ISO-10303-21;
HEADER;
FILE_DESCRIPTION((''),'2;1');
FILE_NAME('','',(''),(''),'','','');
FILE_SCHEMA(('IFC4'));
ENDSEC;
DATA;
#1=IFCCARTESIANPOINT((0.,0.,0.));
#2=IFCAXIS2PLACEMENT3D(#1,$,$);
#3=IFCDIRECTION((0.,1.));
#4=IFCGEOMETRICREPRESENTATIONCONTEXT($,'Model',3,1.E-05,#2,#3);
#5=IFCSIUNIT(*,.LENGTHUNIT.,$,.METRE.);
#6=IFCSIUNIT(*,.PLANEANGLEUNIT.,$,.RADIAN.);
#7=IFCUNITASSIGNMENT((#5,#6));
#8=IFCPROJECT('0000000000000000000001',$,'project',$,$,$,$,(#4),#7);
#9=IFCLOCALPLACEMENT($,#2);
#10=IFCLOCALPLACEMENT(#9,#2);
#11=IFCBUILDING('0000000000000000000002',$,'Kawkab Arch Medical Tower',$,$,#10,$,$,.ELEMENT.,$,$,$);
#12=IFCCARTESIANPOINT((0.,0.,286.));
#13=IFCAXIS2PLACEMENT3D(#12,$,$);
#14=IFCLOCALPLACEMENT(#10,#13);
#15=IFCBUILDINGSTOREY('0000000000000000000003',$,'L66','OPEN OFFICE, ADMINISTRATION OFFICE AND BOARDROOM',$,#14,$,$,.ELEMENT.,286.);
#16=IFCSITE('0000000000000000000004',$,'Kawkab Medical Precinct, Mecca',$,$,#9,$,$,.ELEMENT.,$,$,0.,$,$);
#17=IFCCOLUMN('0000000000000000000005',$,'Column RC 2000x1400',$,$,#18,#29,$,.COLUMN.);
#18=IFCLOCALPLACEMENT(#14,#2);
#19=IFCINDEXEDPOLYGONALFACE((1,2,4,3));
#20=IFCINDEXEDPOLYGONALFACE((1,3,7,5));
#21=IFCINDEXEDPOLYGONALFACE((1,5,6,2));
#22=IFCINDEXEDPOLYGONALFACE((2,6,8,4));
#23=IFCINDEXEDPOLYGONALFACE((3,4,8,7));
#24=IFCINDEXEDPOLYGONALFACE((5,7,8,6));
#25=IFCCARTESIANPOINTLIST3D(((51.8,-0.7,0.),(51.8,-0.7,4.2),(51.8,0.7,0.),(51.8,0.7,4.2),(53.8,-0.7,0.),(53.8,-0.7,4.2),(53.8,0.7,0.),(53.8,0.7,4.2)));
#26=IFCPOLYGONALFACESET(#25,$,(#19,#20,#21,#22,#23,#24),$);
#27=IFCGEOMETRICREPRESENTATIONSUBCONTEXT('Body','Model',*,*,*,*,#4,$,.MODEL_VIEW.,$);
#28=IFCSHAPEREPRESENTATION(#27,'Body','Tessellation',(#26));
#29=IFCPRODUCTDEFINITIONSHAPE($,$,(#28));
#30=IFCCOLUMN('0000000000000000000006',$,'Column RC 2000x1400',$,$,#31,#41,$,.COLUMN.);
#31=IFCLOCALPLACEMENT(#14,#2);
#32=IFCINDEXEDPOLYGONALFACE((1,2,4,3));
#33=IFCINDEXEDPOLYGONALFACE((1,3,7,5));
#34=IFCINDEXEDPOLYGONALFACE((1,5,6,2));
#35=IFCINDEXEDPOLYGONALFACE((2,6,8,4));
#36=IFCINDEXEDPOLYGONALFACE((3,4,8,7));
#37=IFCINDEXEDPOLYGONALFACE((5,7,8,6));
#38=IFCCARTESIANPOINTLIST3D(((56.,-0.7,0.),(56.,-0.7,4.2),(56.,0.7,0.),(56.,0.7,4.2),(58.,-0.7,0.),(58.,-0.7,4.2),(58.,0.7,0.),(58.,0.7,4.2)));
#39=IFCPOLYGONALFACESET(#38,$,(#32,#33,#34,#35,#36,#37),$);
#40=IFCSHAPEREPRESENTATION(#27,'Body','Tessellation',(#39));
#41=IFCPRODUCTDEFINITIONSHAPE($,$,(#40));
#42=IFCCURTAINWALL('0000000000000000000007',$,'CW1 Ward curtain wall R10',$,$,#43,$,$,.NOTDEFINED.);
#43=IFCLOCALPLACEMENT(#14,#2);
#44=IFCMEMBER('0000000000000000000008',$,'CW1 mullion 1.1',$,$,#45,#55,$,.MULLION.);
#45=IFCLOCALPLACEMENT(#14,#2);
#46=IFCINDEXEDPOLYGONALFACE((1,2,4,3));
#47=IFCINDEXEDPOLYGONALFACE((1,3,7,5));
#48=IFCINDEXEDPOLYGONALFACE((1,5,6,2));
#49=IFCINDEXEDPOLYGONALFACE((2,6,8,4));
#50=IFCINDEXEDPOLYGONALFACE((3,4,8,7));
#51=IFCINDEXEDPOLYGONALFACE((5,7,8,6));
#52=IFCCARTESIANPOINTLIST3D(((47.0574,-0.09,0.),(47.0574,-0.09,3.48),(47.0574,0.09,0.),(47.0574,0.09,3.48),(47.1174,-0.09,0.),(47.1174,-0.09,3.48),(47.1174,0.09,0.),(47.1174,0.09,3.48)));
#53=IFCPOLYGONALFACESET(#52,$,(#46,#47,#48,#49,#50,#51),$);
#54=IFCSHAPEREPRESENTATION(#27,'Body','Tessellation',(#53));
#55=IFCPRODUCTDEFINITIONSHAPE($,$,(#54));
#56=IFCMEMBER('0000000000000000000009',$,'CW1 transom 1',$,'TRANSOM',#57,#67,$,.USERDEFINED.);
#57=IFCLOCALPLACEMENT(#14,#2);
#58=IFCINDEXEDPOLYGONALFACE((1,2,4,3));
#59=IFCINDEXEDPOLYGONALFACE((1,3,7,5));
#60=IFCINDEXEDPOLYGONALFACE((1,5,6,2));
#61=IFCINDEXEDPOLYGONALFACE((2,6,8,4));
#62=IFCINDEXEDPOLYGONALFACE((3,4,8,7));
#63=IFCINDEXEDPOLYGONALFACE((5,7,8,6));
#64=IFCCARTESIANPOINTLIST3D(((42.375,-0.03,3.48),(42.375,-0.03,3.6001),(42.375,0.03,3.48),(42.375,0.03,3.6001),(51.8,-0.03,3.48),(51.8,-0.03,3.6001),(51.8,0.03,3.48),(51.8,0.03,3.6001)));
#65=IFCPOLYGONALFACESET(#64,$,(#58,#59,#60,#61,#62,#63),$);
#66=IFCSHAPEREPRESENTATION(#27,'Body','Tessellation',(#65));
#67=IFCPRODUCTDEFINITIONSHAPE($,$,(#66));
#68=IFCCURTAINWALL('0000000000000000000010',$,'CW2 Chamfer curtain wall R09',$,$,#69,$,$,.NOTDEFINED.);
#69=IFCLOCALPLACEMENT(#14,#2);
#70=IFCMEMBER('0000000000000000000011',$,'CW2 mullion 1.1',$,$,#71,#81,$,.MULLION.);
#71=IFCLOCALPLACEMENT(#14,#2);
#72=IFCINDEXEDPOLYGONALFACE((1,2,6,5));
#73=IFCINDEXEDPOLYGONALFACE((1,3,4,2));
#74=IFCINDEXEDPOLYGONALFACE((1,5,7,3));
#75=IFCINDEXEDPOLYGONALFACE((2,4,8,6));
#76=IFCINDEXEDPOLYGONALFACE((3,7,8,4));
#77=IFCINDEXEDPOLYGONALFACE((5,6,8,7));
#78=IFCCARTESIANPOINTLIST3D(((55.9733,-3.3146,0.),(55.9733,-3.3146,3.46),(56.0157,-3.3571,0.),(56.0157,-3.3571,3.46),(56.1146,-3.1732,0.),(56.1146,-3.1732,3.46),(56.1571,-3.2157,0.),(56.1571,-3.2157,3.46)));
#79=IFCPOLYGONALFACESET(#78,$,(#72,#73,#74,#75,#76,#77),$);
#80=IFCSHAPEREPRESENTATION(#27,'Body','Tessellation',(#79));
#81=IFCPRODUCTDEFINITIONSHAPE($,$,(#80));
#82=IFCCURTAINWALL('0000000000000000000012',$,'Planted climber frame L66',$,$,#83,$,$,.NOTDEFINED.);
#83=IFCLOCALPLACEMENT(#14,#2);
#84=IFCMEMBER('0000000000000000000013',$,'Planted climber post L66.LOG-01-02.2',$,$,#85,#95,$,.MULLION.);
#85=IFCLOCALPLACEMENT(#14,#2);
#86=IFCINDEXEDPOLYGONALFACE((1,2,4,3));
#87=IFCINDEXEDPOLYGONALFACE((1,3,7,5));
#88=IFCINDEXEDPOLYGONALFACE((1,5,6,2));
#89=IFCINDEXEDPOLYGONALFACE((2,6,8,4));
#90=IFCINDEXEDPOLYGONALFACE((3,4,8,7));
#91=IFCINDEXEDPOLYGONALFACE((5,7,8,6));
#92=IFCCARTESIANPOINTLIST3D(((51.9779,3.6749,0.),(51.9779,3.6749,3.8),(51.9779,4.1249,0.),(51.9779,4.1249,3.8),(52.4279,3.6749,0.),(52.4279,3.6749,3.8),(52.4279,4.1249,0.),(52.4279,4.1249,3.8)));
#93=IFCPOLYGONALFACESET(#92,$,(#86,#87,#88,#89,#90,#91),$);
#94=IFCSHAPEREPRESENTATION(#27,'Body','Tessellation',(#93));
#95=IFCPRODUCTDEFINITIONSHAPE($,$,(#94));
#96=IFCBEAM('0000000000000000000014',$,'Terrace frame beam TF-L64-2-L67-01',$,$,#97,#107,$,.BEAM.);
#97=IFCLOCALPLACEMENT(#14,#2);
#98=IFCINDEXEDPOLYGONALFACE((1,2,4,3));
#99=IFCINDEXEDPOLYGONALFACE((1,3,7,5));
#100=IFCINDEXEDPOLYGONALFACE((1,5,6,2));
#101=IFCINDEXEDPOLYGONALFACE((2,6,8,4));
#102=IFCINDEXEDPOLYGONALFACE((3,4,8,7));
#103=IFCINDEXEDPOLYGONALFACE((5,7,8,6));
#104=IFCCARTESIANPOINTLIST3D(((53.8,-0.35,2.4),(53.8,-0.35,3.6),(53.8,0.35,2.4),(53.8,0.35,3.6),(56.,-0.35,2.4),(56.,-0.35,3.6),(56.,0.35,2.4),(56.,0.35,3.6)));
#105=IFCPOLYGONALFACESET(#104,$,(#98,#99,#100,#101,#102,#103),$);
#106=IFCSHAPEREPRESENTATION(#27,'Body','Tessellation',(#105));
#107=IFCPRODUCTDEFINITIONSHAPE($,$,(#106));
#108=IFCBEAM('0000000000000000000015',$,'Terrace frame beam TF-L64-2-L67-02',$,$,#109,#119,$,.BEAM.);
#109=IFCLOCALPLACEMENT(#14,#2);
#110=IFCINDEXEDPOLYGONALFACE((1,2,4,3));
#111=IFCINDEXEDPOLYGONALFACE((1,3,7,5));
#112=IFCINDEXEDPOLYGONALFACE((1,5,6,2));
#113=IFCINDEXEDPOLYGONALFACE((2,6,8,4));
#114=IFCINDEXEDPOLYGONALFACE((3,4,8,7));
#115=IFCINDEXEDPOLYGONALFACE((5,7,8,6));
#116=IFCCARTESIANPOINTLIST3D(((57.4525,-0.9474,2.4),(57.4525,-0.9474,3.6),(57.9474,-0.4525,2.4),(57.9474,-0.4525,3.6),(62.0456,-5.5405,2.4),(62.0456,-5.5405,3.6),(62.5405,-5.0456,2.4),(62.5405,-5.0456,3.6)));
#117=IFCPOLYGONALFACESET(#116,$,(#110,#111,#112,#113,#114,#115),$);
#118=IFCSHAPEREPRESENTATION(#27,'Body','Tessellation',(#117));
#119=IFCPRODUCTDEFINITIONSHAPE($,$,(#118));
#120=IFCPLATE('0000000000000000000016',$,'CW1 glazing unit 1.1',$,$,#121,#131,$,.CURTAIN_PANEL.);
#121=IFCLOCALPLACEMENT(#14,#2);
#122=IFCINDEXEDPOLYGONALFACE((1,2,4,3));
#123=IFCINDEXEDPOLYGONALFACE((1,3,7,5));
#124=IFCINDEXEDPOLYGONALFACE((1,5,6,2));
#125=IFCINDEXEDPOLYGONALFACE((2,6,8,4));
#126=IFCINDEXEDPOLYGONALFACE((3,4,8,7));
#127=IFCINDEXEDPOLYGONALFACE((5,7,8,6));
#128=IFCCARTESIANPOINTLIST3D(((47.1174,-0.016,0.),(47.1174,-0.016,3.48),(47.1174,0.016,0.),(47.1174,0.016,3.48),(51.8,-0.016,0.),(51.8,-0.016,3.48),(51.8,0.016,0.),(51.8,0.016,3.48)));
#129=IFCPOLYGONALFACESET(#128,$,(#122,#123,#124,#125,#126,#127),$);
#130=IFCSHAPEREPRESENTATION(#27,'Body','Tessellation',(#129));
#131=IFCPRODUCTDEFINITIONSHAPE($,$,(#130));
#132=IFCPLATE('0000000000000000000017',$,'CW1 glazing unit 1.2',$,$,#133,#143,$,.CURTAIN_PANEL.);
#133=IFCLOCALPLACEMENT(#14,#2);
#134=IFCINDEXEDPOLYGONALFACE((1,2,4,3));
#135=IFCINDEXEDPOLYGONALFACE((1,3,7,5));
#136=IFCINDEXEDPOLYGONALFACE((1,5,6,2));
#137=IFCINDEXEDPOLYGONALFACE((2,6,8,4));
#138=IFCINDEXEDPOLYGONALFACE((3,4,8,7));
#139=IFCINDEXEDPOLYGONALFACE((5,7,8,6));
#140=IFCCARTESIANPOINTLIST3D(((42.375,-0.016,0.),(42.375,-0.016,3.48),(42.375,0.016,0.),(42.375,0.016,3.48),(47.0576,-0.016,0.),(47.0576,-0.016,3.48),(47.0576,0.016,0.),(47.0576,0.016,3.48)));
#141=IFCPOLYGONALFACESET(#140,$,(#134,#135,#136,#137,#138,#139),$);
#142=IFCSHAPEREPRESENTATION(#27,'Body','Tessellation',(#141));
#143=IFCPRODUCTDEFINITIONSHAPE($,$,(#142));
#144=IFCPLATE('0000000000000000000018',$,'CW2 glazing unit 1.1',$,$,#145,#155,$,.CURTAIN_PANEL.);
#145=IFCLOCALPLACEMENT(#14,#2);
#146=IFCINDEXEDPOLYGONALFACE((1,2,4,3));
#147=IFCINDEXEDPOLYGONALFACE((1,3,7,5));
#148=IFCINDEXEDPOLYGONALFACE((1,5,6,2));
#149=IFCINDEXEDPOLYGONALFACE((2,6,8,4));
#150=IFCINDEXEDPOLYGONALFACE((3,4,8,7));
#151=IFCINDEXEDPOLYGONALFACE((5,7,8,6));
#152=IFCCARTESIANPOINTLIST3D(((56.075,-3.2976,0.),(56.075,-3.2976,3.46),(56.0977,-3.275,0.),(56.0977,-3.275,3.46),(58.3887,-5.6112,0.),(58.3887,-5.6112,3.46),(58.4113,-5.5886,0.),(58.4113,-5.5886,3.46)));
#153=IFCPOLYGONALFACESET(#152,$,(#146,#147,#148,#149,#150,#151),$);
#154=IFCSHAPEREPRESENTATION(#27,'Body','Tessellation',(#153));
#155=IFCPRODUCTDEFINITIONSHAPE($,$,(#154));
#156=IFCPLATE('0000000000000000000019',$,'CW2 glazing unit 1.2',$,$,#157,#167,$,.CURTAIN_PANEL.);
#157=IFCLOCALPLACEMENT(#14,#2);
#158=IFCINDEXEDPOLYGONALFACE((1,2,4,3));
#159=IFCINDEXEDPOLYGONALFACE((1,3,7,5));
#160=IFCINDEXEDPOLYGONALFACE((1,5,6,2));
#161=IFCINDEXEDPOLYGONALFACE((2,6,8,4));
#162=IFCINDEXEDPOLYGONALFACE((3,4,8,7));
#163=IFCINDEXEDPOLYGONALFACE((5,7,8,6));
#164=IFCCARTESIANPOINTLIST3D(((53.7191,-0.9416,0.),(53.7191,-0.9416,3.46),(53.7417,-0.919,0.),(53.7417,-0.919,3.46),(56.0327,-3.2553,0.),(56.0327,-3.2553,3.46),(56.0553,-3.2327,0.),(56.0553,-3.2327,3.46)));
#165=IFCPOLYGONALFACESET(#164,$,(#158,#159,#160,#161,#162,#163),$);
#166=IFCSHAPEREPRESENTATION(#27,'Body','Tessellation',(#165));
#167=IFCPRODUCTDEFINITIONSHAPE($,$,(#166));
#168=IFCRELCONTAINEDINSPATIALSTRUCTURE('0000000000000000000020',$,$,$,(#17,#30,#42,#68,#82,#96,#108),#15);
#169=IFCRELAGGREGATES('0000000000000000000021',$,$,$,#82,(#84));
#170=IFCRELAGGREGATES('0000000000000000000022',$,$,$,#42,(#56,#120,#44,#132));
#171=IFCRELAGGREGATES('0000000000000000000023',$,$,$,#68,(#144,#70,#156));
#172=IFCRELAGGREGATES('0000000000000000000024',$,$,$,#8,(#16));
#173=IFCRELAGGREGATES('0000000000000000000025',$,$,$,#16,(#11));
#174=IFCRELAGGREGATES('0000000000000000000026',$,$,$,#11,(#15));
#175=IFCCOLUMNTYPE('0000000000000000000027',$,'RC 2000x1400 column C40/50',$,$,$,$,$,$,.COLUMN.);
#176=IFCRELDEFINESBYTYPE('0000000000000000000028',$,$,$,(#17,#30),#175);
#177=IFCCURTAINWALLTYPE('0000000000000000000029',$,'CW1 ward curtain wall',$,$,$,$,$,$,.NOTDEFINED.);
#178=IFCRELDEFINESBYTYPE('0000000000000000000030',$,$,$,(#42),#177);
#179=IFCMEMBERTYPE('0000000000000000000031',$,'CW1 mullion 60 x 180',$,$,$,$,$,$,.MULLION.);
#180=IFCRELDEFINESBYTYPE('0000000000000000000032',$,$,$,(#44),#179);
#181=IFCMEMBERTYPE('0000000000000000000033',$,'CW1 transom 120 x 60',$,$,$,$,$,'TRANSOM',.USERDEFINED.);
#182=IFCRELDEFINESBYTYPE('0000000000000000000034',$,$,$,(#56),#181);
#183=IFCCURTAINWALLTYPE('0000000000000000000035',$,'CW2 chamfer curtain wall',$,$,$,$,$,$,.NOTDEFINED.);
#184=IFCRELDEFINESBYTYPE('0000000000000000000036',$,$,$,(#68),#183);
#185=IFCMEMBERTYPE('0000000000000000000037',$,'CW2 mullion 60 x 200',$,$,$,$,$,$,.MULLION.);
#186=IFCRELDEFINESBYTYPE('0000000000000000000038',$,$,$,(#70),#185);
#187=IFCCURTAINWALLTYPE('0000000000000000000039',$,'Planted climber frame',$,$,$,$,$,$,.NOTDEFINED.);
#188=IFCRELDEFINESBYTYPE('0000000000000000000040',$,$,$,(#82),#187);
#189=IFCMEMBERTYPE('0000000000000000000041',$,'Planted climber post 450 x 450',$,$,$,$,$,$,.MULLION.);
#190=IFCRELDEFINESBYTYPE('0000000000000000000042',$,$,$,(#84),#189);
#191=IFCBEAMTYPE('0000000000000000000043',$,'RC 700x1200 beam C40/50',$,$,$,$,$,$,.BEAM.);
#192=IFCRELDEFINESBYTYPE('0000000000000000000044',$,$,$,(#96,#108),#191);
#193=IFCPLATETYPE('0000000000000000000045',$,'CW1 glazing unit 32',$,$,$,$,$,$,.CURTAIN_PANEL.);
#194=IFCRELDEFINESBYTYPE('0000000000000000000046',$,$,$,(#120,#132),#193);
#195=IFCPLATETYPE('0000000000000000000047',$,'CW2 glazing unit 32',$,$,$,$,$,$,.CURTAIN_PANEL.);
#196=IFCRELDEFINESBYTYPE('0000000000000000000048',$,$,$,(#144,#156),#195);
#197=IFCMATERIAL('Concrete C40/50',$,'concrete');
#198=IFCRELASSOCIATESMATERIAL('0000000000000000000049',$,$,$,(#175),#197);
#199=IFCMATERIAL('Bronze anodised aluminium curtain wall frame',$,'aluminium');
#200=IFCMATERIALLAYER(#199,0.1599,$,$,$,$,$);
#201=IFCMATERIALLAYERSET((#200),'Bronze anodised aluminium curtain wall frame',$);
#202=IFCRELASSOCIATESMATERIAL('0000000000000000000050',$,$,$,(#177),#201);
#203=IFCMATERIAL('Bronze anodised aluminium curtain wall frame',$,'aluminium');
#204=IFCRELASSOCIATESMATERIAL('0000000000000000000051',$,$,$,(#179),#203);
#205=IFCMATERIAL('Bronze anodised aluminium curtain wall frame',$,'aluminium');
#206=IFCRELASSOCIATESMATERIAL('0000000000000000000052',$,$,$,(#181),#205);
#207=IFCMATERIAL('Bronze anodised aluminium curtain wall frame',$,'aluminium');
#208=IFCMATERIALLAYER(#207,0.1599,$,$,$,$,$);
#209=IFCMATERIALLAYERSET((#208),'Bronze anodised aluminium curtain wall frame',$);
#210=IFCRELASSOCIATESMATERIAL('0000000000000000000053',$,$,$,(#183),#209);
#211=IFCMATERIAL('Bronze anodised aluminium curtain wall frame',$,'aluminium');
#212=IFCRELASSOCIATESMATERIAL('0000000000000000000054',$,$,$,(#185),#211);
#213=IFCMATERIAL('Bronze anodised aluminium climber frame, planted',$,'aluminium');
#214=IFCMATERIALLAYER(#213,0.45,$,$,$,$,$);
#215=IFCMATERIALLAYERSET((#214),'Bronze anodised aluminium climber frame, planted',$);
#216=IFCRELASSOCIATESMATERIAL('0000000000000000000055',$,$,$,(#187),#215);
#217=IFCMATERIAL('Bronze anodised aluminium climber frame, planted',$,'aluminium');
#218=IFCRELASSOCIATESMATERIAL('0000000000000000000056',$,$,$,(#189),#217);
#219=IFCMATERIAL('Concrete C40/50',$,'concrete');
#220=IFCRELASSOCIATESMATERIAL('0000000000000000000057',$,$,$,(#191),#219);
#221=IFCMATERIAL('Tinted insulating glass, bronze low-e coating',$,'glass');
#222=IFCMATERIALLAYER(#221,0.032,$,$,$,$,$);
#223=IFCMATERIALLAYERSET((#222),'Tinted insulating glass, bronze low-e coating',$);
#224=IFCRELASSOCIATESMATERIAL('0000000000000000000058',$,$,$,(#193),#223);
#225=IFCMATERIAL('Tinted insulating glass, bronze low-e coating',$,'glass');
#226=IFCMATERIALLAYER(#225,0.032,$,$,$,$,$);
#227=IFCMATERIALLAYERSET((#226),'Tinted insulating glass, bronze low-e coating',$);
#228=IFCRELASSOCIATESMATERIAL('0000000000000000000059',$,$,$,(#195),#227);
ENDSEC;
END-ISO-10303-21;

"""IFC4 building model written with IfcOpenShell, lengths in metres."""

from ifc_helpers import new_model, si_unit, direction, frame, origin, origin_2d, place, context, subcontext, project, spatial, rectangle, extrude, material, layer, layer_set, material_profile, profile_set, type_object, element, aggregate, save


model = new_model("IFC4")

# Units and contexts
model_context = context("Model", 3, precision=1e-05, world=origin(), true_north=direction((0.0, 1.0)))
body_context = subcontext(model_context, "Body", "Model", "MODEL_VIEW")
ifc_project = project(units=[si_unit("LENGTHUNIT", "METRE"), si_unit("PLANEANGLEUNIT", "RADIAN")], contexts=[model_context])

# Site, building, storey
site_placement = place(None, origin())
site = spatial("IfcSite", under=ifc_project, at=site_placement, Name="Kawkab Medical Precinct, Mecca", CompositionType="ELEMENT", RefElevation=0.0)
building_placement = place(site_placement, origin())
building = spatial("IfcBuilding", under=site, at=building_placement, Name="Kawkab Arch Medical Tower", CompositionType="ELEMENT")
storey_placement = place(building_placement, frame((0.0, 0.0, 286.0)))
storey = spatial("IfcBuildingStorey", under=building, at=storey_placement, Name="L66", Description="OPEN OFFICE, ADMINISTRATION OFFICE AND BOARDROOM", CompositionType="ELEMENT", Elevation=286.0)

# Columns
ifc_material_1 = material(Name="Concrete C40/50", Category="concrete")
ifc_material_profile_1 = material_profile(ifc_material_1, rectangle(XDim=2.0, YDim=1.3999, at=origin_2d()), Name="RC 2000x1400")
ifc_profile_set_1 = profile_set([ifc_material_profile_1], Name="Concrete C40/50")
column_type = type_object("IfcColumnType", Name="RC 2000x1400 column C40/50", PredefinedType="COLUMN", material=ifc_profile_set_1)
for number, where, z_axis, x_axis, name in (
    (1, (52.8, 0.0, 0.0), (0.0, 0.0, 1.0), (1.0, 0.0, 0.0), "Column RC 2000x1400"),
    (2, (57.0, 0.0, 0.0), (0.0, 0.0, 1.0), (1.0, 0.0, 0.0), "Column RC 2000x1400"),
):
    element("IfcColumn", number, at=place(storey_placement, frame(where, z_axis=z_axis, x_axis=x_axis)), inside=storey, type_object=column_type, Name=name, PredefinedType="COLUMN", context=body_context, shape_type="SweptSolid", body=[
        extrude(rectangle(XDim=2.0, YDim=1.3999, at=origin_2d()), origin(), (0.0, 0.0, 1.0), 4.2),
    ])

# Curtain wall, members
ifc_material_2 = material(Name="Bronze anodised aluminium curtain wall frame", Category="aluminium")
ifc_layer_1 = layer(ifc_material_2, 0.1599)
ifc_layer_set_1 = layer_set([ifc_layer_1], Name="Bronze anodised aluminium curtain wall frame")
curtain_wall_type_1 = type_object("IfcCurtainWallType", Name="CW1 ward curtain wall", PredefinedType="NOTDEFINED", material=ifc_layer_set_1)
placement = place(storey_placement, origin())
curtain_wall_1 = element("IfcCurtainWall", 3, at=placement, inside=storey, type_object=curtain_wall_type_1, Name="CW1 Ward curtain wall R10", PredefinedType="NOTDEFINED")
ifc_material_3 = material(Name="Bronze anodised aluminium curtain wall frame", Category="aluminium")
ifc_material_profile_2 = material_profile(ifc_material_3, rectangle(XDim=0.1799, YDim=0.0601, at=origin_2d()), Name="AL 60x180")
ifc_profile_set_2 = profile_set([ifc_material_profile_2], Name="Bronze anodised aluminium curtain wall frame")
member_type_1 = type_object("IfcMemberType", Name="CW1 mullion 60 x 180", PredefinedType="MULLION", material=ifc_profile_set_2)
member_1_placement = place(storey_placement, frame((47.0874, 0.0, 0.0), z_axis=(0.0, 0.0, 1.0), x_axis=(0.0, -1.0, 0.0)))
member_1 = element("IfcMember", 4, at=member_1_placement, type_object=member_type_1, Name="CW1 mullion 1.1", PredefinedType="MULLION", context=body_context, shape_type="SweptSolid", body=[
    extrude(rectangle(XDim=0.1799, YDim=0.0601, at=origin_2d()), origin(), (0.0, 0.0, 1.0), 3.48),
])
ifc_material_4 = material(Name="Bronze anodised aluminium curtain wall frame", Category="aluminium")
ifc_material_profile_3 = material_profile(ifc_material_4, rectangle(XDim=0.0601, YDim=0.1201, at=origin_2d()), Name="AL 60x120")
ifc_profile_set_3 = profile_set([ifc_material_profile_3], Name="Bronze anodised aluminium curtain wall frame")
member_type_2 = type_object("IfcMemberType", Name="CW1 transom 120 x 60", ElementType="TRANSOM", PredefinedType="USERDEFINED", material=ifc_profile_set_3)
member_2_placement = place(storey_placement, frame((51.8, 0.0, 3.54), z_axis=(-1.0, 0.0, 0.0), x_axis=(0.0, -1.0, 0.0)))
member_2 = element("IfcMember", 5, at=member_2_placement, type_object=member_type_2, Name="CW1 transom 1", ObjectType="TRANSOM", PredefinedType="USERDEFINED", context=body_context, shape_type="SweptSolid", body=[
    extrude(rectangle(XDim=0.0601, YDim=0.1201, at=origin_2d()), origin(), (0.0, 0.0, 1.0), 9.425),
])

# Curtain walls, members
ifc_material_5 = material(Name="Bronze anodised aluminium curtain wall frame", Category="aluminium")
ifc_layer_2 = layer(ifc_material_5, 0.1599)
ifc_layer_set_2 = layer_set([ifc_layer_2], Name="Bronze anodised aluminium curtain wall frame")
curtain_wall_type_2 = type_object("IfcCurtainWallType", Name="CW2 chamfer curtain wall", PredefinedType="NOTDEFINED", material=ifc_layer_set_2)
curtain_wall_2 = element("IfcCurtainWall", 6, at=placement, inside=storey, type_object=curtain_wall_type_2, Name="CW2 Chamfer curtain wall R09", PredefinedType="NOTDEFINED")
ifc_material_6 = material(Name="Bronze anodised aluminium curtain wall frame", Category="aluminium")
ifc_material_profile_4 = material_profile(ifc_material_6, rectangle(XDim=0.2, YDim=0.0601, at=origin_2d()), Name="AL 60x200")
ifc_profile_set_4 = profile_set([ifc_material_profile_4], Name="Bronze anodised aluminium curtain wall frame")
member_type_3 = type_object("IfcMemberType", Name="CW2 mullion 60 x 200", PredefinedType="MULLION", material=ifc_profile_set_4)
member_3_placement = place(storey_placement, frame((56.0652, -3.2651, 0.0), z_axis=(0.0, 0.0, 1.0), x_axis=(-0.707107, -0.707107, 0.0)))
member_3 = element("IfcMember", 7, at=member_3_placement, type_object=member_type_3, Name="CW2 mullion 1.1", PredefinedType="MULLION", context=body_context, shape_type="SweptSolid", body=[
    extrude(rectangle(XDim=0.2, YDim=0.0601, at=origin_2d()), origin(), (0.0, 0.0, 1.0), 3.46),
])
ifc_material_7 = material(Name="Bronze anodised aluminium climber frame, planted", Category="aluminium")
ifc_layer_3 = layer(ifc_material_7, 0.45)
ifc_layer_set_3 = layer_set([ifc_layer_3], Name="Bronze anodised aluminium climber frame, planted")
curtain_wall_type_3 = type_object("IfcCurtainWallType", Name="Planted climber frame", PredefinedType="NOTDEFINED", material=ifc_layer_set_3)
curtain_wall_3 = element("IfcCurtainWall", 8, at=placement, inside=storey, type_object=curtain_wall_type_3, Name="Planted climber frame L66", PredefinedType="NOTDEFINED")
ifc_material_8 = material(Name="Bronze anodised aluminium climber frame, planted", Category="aluminium")
ifc_material_profile_5 = material_profile(ifc_material_8, rectangle(XDim=0.45, YDim=0.45, at=origin_2d()), Name="Post 450x450")
ifc_profile_set_5 = profile_set([ifc_material_profile_5], Name="Bronze anodised aluminium climber frame, planted")
member_type_4 = type_object("IfcMemberType", Name="Planted climber post 450 x 450", PredefinedType="MULLION", material=ifc_profile_set_5)
member_4_placement = place(storey_placement, frame((52.2029, 3.8999, 0.0), z_axis=(0.0, 0.0, 1.0), x_axis=(1.0, 0.0, 0.0)))
member_4 = element("IfcMember", 9, at=member_4_placement, type_object=member_type_4, Name="Planted climber post L66.LOG-01-02.2", PredefinedType="MULLION", context=body_context, shape_type="SweptSolid", body=[
    extrude(rectangle(XDim=0.45, YDim=0.45, at=origin_2d()), origin(), (0.0, 0.0, 1.0), 3.8),
])
aggregate(curtain_wall_3, [member_4])

# Beams
ifc_material_9 = material(Name="Concrete C40/50", Category="concrete")
ifc_material_profile_6 = material_profile(ifc_material_9, rectangle(XDim=0.7, YDim=1.2, at=origin_2d()), Name="RC 700x1200")
ifc_profile_set_6 = profile_set([ifc_material_profile_6], Name="Concrete C40/50")
beam_type = type_object("IfcBeamType", Name="RC 700x1200 beam C40/50", PredefinedType="BEAM", material=ifc_profile_set_6)
beam_1_placement = place(storey_placement, frame((53.8, 0.0, 3.0), z_axis=(1.0, 0.0, 0.0), x_axis=(0.0, 1.0, 0.0)))
element("IfcBeam", 10, at=beam_1_placement, inside=storey, type_object=beam_type, Name="Terrace frame beam TF-L64-2-L67-01", PredefinedType="BEAM", context=body_context, shape_type="SweptSolid", body=[
    extrude(rectangle(XDim=0.7, YDim=1.2, at=origin_2d()), origin(), (0.0, 0.0, 1.0), 2.2),
])
beam_2_placement = place(storey_placement, frame((57.7, -0.7, 3.0), z_axis=(0.707107, -0.707107, 0.0), x_axis=(0.707107, 0.707107, 0.0)))
element("IfcBeam", 11, at=beam_2_placement, inside=storey, type_object=beam_type, Name="Terrace frame beam TF-L64-2-L67-02", PredefinedType="BEAM", context=body_context, shape_type="SweptSolid", body=[
    extrude(rectangle(XDim=0.7, YDim=1.2, at=origin_2d()), origin(), (0.0, 0.0, 1.0), 6.4956),
])

# Plates
ifc_material_10 = material(Name="Tinted insulating glass, bronze low-e coating", Category="glass")
ifc_layer_4 = layer(ifc_material_10, 0.032)
ifc_layer_set_4 = layer_set([ifc_layer_4], Name="Tinted insulating glass, bronze low-e coating")
plate_type_1 = type_object("IfcPlateType", Name="CW1 glazing unit 32", PredefinedType="CURTAIN_PANEL", material=ifc_layer_set_4)
plate_1_placement = place(storey_placement, frame((49.4587, 0.0, 0.0), z_axis=(0.0, 0.0, 1.0), x_axis=(-1.0, 0.0, 0.0)))
plate_1 = element("IfcPlate", 12, at=plate_1_placement, type_object=plate_type_1, Name="CW1 glazing unit 1.1", PredefinedType="CURTAIN_PANEL", context=body_context, shape_type="SweptSolid", body=[
    extrude(rectangle(XDim=4.6826, YDim=0.032, at=origin_2d()), origin(), (0.0, 0.0, 1.0), 3.48),
])
plate_2_placement = place(storey_placement, frame((44.7163, 0.0, 0.0), z_axis=(0.0, 0.0, 1.0), x_axis=(-1.0, 0.0, 0.0)))
plate_2 = element("IfcPlate", 13, at=plate_2_placement, type_object=plate_type_1, Name="CW1 glazing unit 1.2", PredefinedType="CURTAIN_PANEL", context=body_context, shape_type="SweptSolid", body=[
    extrude(rectangle(XDim=4.6826, YDim=0.032, at=origin_2d()), origin(), (0.0, 0.0, 1.0), 3.48),
])
aggregate(curtain_wall_1, [member_2, plate_1, member_1, plate_2])
ifc_material_11 = material(Name="Tinted insulating glass, bronze low-e coating", Category="glass")
ifc_layer_5 = layer(ifc_material_11, 0.032)
ifc_layer_set_5 = layer_set([ifc_layer_5], Name="Tinted insulating glass, bronze low-e coating")
plate_type_2 = type_object("IfcPlateType", Name="CW2 glazing unit 32", PredefinedType="CURTAIN_PANEL", material=ifc_layer_set_5)
plate_3_placement = place(storey_placement, frame((57.2432, -4.4431, 0.0), z_axis=(0.0, 0.0, 1.0), x_axis=(-0.707107, 0.707107, 0.0)))
plate_3 = element("IfcPlate", 14, at=plate_3_placement, type_object=plate_type_2, Name="CW2 glazing unit 1.1", PredefinedType="CURTAIN_PANEL", context=body_context, shape_type="SweptSolid", body=[
    extrude(rectangle(XDim=3.272, YDim=0.032, at=origin_2d()), origin(), (0.0, 0.0, 1.0), 3.46),
])
plate_4_placement = place(storey_placement, frame((54.8872, -2.0872, 0.0), z_axis=(0.0, 0.0, 1.0), x_axis=(-0.707107, 0.707107, 0.0)))
plate_4 = element("IfcPlate", 15, at=plate_4_placement, type_object=plate_type_2, Name="CW2 glazing unit 1.2", PredefinedType="CURTAIN_PANEL", context=body_context, shape_type="SweptSolid", body=[
    extrude(rectangle(XDim=3.272, YDim=0.032, at=origin_2d()), origin(), (0.0, 0.0, 1.0), 3.46),
])
aggregate(curtain_wall_2, [plate_3, member_3, plate_4])

save(model, "model.ifc")
